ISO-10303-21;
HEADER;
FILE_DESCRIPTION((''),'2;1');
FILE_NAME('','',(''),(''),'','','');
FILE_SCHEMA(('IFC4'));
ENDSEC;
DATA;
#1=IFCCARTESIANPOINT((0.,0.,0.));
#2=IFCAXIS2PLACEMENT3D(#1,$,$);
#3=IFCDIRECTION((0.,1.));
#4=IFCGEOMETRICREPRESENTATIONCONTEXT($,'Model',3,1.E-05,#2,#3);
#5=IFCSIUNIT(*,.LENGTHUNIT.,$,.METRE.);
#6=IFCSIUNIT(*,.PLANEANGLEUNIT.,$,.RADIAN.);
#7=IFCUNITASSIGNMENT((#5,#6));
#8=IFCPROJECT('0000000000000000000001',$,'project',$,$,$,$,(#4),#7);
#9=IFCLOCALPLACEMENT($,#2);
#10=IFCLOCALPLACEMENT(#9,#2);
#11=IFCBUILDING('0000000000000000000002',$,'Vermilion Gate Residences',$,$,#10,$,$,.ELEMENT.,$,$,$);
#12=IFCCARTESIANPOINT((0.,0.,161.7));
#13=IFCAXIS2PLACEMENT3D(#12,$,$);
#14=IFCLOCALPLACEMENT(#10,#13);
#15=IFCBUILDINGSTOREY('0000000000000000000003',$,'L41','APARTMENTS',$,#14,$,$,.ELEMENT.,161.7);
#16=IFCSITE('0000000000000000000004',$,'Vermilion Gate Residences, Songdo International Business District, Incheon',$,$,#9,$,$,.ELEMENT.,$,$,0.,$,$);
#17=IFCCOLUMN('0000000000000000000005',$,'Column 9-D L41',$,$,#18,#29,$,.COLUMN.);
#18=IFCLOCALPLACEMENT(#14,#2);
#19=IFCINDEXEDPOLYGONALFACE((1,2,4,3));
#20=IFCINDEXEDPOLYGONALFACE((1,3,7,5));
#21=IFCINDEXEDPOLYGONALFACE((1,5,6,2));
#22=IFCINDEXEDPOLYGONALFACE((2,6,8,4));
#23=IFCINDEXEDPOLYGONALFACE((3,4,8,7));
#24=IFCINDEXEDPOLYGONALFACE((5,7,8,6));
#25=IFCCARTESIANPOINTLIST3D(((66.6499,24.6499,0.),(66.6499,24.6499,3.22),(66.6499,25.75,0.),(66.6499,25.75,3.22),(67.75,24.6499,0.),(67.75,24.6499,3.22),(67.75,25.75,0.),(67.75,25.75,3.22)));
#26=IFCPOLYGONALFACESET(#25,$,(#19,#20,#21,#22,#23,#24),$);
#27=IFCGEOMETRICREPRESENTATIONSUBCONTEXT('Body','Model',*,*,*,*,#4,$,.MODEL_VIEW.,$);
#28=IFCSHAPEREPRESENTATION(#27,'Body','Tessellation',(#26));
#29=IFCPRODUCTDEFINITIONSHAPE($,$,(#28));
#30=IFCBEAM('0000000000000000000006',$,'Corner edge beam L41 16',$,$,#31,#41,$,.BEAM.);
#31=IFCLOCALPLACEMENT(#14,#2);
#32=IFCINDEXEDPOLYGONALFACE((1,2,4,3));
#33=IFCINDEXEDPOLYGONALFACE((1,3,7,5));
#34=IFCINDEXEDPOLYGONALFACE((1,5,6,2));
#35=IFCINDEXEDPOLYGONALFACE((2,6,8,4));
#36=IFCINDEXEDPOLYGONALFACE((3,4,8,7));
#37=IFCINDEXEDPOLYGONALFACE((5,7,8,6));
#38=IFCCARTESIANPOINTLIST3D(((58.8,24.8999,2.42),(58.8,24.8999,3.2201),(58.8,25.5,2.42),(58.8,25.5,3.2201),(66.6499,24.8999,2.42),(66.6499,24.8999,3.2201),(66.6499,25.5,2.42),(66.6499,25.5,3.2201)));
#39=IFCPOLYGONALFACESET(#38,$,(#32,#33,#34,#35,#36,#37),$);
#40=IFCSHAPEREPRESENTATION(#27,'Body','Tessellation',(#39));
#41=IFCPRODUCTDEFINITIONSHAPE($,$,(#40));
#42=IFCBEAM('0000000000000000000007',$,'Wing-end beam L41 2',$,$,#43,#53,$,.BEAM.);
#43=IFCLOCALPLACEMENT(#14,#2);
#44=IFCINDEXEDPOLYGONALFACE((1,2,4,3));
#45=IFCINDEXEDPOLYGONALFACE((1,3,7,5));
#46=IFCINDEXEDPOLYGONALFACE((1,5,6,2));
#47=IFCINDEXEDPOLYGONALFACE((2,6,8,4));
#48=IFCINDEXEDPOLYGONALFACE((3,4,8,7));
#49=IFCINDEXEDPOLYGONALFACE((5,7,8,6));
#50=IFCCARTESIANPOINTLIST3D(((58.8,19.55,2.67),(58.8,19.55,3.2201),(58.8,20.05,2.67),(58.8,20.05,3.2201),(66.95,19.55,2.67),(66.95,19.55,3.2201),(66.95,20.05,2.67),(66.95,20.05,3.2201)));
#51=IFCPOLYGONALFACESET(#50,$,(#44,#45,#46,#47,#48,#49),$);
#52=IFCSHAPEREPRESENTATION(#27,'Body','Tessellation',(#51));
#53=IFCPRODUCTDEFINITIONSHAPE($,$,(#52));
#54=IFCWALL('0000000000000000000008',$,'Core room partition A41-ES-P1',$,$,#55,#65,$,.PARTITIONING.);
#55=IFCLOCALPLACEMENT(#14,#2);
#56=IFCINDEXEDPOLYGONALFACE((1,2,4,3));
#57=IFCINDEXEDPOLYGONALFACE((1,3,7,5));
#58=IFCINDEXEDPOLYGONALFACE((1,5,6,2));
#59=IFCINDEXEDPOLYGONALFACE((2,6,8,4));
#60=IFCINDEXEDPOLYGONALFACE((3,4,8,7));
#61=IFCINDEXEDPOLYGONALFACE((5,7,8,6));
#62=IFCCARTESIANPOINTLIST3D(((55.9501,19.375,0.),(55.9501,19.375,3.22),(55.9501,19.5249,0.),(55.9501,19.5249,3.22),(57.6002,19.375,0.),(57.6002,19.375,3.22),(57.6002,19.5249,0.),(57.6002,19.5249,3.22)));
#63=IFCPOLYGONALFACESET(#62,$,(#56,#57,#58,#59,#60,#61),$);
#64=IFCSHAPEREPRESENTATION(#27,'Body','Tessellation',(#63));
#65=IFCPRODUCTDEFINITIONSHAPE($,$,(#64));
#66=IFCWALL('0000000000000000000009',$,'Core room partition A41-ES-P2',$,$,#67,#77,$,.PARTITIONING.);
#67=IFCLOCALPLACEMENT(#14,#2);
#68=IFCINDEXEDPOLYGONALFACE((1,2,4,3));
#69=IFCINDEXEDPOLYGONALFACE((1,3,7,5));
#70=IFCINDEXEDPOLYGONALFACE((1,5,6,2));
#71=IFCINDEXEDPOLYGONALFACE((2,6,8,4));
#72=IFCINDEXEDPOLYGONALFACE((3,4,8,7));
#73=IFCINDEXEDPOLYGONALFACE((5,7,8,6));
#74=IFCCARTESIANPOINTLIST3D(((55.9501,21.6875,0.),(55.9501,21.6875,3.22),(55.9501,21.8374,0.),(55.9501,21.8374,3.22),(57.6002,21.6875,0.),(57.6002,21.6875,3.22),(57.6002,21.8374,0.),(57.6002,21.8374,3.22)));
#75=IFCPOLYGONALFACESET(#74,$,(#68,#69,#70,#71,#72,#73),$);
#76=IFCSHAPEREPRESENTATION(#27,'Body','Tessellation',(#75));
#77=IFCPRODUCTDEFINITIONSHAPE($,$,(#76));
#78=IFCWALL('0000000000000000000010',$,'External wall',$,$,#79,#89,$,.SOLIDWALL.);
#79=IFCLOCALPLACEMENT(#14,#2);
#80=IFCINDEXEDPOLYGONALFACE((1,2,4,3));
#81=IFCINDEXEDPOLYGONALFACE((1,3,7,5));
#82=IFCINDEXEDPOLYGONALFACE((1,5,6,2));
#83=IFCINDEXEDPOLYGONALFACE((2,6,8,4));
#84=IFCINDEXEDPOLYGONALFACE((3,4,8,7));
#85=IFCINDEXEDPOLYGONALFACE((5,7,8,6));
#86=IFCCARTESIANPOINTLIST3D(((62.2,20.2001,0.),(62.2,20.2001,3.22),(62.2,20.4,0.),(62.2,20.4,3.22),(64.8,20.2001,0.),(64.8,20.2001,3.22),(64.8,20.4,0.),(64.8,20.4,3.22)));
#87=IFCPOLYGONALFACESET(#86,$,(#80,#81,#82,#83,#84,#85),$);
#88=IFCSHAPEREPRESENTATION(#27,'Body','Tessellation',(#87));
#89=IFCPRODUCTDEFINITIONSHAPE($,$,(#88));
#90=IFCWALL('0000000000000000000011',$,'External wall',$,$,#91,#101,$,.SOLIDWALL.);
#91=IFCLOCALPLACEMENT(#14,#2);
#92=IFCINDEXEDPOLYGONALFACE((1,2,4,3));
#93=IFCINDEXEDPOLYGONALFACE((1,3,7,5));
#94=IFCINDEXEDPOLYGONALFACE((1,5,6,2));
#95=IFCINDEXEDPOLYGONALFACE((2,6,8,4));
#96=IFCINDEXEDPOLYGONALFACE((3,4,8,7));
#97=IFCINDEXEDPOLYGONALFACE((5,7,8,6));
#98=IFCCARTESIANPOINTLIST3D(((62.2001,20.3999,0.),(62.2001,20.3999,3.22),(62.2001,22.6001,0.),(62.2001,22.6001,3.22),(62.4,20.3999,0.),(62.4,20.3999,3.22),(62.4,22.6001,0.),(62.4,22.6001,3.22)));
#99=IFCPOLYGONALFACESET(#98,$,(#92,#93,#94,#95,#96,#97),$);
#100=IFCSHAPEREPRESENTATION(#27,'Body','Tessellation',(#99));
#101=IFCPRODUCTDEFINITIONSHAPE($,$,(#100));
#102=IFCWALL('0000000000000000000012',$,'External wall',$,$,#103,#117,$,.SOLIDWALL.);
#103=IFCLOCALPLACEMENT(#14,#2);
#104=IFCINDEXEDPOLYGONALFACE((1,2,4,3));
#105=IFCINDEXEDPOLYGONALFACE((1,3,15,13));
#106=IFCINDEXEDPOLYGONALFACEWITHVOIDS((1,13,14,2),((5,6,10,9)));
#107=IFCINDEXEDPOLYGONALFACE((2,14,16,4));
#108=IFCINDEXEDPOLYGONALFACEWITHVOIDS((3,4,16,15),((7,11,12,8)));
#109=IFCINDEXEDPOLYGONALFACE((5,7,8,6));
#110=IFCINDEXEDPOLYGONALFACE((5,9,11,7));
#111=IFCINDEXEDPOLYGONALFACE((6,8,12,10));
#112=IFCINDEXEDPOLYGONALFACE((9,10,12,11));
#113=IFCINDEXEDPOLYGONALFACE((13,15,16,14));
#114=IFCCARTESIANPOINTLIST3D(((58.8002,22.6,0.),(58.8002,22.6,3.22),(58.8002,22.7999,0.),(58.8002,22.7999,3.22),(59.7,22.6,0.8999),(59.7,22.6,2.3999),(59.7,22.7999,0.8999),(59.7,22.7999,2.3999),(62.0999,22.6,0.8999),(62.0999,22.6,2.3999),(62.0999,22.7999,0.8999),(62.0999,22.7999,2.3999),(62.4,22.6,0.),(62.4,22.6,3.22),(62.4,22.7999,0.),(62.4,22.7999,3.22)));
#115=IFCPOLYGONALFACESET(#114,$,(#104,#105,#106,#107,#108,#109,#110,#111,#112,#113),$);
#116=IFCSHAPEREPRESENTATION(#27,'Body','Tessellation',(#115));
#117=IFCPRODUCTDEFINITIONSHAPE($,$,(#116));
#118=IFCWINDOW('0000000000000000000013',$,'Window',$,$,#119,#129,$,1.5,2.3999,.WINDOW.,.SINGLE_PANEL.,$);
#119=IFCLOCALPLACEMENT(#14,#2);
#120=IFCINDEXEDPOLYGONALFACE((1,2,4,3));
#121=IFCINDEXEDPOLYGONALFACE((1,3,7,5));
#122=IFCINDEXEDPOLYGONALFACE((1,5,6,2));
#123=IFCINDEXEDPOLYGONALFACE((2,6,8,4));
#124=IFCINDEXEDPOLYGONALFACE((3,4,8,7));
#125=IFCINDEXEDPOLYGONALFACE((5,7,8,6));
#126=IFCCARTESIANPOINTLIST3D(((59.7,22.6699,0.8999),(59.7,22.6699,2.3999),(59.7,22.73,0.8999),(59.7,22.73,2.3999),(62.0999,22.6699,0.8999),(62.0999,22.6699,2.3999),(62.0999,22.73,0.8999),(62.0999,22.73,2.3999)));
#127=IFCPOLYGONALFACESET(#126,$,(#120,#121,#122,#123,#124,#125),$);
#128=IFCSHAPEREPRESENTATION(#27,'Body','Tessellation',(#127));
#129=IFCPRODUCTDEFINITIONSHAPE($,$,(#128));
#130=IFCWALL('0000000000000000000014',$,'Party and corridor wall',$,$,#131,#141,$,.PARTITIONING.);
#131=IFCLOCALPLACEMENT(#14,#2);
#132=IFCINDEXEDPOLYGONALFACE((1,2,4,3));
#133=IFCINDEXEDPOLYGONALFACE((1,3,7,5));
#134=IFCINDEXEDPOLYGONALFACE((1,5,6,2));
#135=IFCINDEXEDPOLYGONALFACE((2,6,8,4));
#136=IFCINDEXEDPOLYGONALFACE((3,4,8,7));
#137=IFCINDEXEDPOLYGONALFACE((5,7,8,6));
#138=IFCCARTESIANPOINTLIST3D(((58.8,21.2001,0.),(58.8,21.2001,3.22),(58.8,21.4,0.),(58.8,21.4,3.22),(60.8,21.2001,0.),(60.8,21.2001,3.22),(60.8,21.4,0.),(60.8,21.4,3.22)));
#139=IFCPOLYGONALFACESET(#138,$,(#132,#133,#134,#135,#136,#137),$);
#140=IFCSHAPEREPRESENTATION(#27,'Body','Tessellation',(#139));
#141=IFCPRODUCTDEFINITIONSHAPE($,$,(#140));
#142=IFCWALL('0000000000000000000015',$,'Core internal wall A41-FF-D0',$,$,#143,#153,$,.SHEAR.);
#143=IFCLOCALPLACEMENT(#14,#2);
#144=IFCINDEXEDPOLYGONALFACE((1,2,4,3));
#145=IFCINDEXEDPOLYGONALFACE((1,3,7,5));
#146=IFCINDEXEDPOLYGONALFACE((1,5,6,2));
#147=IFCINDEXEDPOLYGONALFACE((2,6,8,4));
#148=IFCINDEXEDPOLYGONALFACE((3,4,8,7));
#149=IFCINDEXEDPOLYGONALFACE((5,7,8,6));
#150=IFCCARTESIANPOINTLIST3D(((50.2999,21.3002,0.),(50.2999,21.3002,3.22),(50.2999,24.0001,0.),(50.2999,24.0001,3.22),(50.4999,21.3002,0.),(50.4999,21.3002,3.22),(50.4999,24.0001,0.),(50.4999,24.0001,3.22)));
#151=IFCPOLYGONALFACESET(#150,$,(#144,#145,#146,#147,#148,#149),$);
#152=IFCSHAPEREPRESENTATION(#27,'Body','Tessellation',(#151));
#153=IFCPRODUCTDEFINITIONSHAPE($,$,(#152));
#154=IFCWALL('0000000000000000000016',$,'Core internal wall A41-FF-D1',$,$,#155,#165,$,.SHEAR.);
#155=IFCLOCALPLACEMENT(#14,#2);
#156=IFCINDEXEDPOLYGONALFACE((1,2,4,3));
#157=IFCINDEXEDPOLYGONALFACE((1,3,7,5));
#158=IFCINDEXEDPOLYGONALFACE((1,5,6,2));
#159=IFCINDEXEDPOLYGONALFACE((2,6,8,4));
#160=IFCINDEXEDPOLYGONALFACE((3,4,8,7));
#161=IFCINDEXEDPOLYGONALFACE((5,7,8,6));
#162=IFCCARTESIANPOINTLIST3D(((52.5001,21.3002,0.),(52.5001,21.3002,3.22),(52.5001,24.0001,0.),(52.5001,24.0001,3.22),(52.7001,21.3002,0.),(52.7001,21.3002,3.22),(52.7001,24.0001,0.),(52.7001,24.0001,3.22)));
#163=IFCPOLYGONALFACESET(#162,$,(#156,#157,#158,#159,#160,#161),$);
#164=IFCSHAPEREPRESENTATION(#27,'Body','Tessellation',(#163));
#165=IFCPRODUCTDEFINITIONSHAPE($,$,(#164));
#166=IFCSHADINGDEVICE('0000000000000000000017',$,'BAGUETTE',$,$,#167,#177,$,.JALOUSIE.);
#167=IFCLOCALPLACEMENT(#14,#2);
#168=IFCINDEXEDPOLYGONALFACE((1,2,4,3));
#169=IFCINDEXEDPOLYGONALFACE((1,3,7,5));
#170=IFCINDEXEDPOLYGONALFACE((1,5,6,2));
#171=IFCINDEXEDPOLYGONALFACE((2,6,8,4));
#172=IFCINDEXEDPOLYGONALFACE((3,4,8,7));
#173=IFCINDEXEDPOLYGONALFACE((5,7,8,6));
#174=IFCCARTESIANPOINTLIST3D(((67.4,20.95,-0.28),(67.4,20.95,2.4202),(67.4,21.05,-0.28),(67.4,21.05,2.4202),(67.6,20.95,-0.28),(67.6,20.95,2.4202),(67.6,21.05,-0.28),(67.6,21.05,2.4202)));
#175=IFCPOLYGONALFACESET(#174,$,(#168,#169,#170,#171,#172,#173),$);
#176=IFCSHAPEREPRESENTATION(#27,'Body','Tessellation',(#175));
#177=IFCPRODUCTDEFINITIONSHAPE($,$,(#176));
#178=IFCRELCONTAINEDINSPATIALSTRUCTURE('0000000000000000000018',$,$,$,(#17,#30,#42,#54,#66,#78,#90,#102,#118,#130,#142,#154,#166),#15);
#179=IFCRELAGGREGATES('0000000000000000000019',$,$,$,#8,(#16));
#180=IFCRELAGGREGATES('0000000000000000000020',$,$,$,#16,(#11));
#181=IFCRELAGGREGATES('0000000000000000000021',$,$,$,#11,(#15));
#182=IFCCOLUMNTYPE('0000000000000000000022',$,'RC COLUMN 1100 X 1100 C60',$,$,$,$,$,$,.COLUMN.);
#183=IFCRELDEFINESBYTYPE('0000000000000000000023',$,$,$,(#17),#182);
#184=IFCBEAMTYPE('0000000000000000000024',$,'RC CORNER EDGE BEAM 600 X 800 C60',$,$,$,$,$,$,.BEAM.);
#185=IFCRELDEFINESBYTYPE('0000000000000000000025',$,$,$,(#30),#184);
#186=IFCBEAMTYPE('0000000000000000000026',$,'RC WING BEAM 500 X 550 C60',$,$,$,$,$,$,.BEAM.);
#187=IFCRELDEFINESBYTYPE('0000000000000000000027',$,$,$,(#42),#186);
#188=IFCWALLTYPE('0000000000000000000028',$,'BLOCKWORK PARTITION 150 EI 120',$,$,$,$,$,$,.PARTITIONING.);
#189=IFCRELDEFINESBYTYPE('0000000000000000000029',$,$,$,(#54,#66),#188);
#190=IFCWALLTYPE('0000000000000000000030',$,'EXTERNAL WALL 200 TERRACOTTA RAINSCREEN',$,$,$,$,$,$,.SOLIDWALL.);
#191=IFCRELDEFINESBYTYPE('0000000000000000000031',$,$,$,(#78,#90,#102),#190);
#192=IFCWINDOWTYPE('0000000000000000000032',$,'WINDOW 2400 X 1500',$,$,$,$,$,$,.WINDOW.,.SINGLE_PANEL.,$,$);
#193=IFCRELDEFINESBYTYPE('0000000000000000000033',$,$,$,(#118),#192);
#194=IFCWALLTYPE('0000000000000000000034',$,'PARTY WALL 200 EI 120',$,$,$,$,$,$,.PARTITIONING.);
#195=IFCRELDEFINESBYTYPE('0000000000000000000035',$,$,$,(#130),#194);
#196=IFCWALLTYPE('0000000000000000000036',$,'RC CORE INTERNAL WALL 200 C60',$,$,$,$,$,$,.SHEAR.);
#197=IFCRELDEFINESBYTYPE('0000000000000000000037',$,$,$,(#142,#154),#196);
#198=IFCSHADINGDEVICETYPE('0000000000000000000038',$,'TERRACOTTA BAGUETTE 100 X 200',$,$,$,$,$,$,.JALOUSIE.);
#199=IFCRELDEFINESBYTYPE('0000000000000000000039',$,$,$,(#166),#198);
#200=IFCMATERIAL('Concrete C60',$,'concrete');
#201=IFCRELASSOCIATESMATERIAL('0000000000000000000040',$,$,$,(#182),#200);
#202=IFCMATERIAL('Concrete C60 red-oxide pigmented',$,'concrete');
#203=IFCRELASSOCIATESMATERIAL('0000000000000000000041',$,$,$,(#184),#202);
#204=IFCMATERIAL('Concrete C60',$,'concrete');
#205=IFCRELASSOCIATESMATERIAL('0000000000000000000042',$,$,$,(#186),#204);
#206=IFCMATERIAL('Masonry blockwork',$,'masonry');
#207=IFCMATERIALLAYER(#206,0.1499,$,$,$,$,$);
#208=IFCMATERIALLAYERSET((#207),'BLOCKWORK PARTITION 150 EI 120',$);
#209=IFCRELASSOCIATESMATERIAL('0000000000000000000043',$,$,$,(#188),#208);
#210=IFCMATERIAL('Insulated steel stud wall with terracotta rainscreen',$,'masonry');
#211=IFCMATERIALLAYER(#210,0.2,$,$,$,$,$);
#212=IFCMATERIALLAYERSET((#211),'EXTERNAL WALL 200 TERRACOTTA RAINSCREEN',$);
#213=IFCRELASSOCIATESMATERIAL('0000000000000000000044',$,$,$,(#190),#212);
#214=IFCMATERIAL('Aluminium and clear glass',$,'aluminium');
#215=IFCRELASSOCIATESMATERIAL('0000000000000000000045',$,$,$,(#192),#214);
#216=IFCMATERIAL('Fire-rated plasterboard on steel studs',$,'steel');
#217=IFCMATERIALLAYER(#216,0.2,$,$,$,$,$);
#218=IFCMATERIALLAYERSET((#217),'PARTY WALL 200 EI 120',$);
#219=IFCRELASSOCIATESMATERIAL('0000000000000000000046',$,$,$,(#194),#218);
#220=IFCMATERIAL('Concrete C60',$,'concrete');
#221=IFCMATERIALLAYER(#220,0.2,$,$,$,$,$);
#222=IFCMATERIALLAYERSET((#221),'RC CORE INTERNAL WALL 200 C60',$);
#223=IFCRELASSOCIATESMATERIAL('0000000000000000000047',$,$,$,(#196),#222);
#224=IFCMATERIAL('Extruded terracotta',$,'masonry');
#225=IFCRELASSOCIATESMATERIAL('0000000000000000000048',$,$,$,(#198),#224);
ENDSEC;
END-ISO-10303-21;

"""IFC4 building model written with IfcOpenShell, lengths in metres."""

from ifc_helpers import new_model, si_unit, direction, frame, frame_2d, origin, origin_2d, place, context, subcontext, project, spatial, rectangle, extrude, material, layer, layer_set, material_profile, profile_set, type_object, element, fill, save


model = new_model("IFC4")

# Units and contexts
model_context = context("Model", 3, precision=1e-05, world=origin(), true_north=direction((0.0, 1.0)))
body_context = subcontext(model_context, "Body", "Model", "MODEL_VIEW")
ifc_project = project(units=[si_unit("LENGTHUNIT", "METRE"), si_unit("PLANEANGLEUNIT", "RADIAN")], contexts=[model_context])

# Site, building, storey
site_placement = place(None, origin())
site = spatial("IfcSite", under=ifc_project, at=site_placement, Name="Vermilion Gate Residences, Songdo International Business District, Incheon", CompositionType="ELEMENT", RefElevation=0.0)
building_placement = place(site_placement, origin())
building = spatial("IfcBuilding", under=site, at=building_placement, Name="Vermilion Gate Residences", CompositionType="ELEMENT")
storey_placement = place(building_placement, frame((0.0, 0.0, 161.7)))
storey = spatial("IfcBuildingStorey", under=building, at=storey_placement, Name="L41", Description="APARTMENTS", CompositionType="ELEMENT", Elevation=161.7)

# Column
ifc_material_1 = material(Name="Concrete C60", Category="concrete")
ifc_material_profile_1 = material_profile(ifc_material_1, rectangle(XDim=1.1001, YDim=1.1001, at=origin_2d()), Name="RC-1100x1100")
ifc_profile_set_1 = profile_set([ifc_material_profile_1], Name="Concrete C60")
column_type = type_object("IfcColumnType", Name="RC COLUMN 1100 X 1100 C60", PredefinedType="COLUMN", material=ifc_profile_set_1)
column_placement = place(storey_placement, frame((67.2, 25.2, 0.0), z_axis=(0.0, 0.0, 1.0), x_axis=(1.0, 0.0, 0.0)))
element("IfcColumn", 1, at=column_placement, inside=storey, type_object=column_type, Name="Column 9-D L41", PredefinedType="COLUMN", context=body_context, shape_type="SweptSolid", body=[
    extrude(rectangle(XDim=1.1001, YDim=1.1001, at=origin_2d()), origin(), (0.0, 0.0, 1.0), 3.22),
])

# Beams
ifc_material_2 = material(Name="Concrete C60 red-oxide pigmented", Category="concrete")
ifc_material_profile_2 = material_profile(ifc_material_2, rectangle(XDim=0.6001, YDim=0.8, at=origin_2d()), Name="RC-600x800")
ifc_profile_set_2 = profile_set([ifc_material_profile_2], Name="Concrete C60 red-oxide pigmented")
beam_type_1 = type_object("IfcBeamType", Name="RC CORNER EDGE BEAM 600 X 800 C60", PredefinedType="BEAM", material=ifc_profile_set_2)
beam_1_placement = place(storey_placement, frame((58.8, 25.2, 2.8201), z_axis=(1.0, 0.0, 0.0), x_axis=(0.0, 1.0, 0.0)))
element("IfcBeam", 2, at=beam_1_placement, inside=storey, type_object=beam_type_1, Name="Corner edge beam L41 16", PredefinedType="BEAM", context=body_context, shape_type="SweptSolid", body=[
    extrude(rectangle(XDim=0.6001, YDim=0.8, at=origin_2d()), origin(), (0.0, 0.0, 1.0), 7.8499),
])
ifc_material_3 = material(Name="Concrete C60", Category="concrete")
ifc_material_profile_3 = material_profile(ifc_material_3, rectangle(XDim=0.5, YDim=0.55, at=origin_2d()), Name="RC-500x550")
ifc_profile_set_3 = profile_set([ifc_material_profile_3], Name="Concrete C60")
beam_type_2 = type_object("IfcBeamType", Name="RC WING BEAM 500 X 550 C60", PredefinedType="BEAM", material=ifc_profile_set_3)
beam_2_placement = place(storey_placement, frame((58.8, 19.8, 2.9451), z_axis=(1.0, 0.0, 0.0), x_axis=(0.0, 1.0, 0.0)))
element("IfcBeam", 3, at=beam_2_placement, inside=storey, type_object=beam_type_2, Name="Wing-end beam L41 2", PredefinedType="BEAM", context=body_context, shape_type="SweptSolid", body=[
    extrude(rectangle(XDim=0.5, YDim=0.55, at=origin_2d()), origin(), (0.0, 0.0, 1.0), 8.1499),
])

# Walls
ifc_material_4 = material(Name="Masonry blockwork", Category="masonry")
ifc_layer_1 = layer(ifc_material_4, 0.1499)
ifc_layer_set_1 = layer_set([ifc_layer_1], Name="BLOCKWORK PARTITION 150 EI 120")
wall_type_1 = type_object("IfcWallType", Name="BLOCKWORK PARTITION 150 EI 120", PredefinedType="PARTITIONING", material=ifc_layer_set_1)
for number, where, z_axis, x_axis, name in (
    (4, (55.95, 19.45, 0.0), (0.0, 0.0, 1.0), (1.0, 0.0, 0.0), "Core room partition A41-ES-P1"),
    (5, (55.95, 21.7625, 0.0), (0.0, 0.0, 1.0), (1.0, 0.0, 0.0), "Core room partition A41-ES-P2"),
):
    element("IfcWall", number, at=place(storey_placement, frame(where, z_axis=z_axis, x_axis=x_axis)), inside=storey, type_object=wall_type_1, Name=name, PredefinedType="PARTITIONING", context=body_context, shape_type="SweptSolid", body=[
        extrude(rectangle(XDim=1.6501, YDim=0.1499, at=frame_2d((0.8252, 0.0))), origin(), (0.0, 0.0, 1.0), 3.22),
    ])
ifc_material_5 = material(Name="Insulated steel stud wall with terracotta rainscreen", Category="masonry")
ifc_layer_2 = layer(ifc_material_5, 0.2)
ifc_layer_set_2 = layer_set([ifc_layer_2], Name="EXTERNAL WALL 200 TERRACOTTA RAINSCREEN")
wall_type_2 = type_object("IfcWallType", Name="EXTERNAL WALL 200 TERRACOTTA RAINSCREEN", PredefinedType="SOLIDWALL", material=ifc_layer_set_2)
wall_1_placement = place(storey_placement, frame((64.8, 20.3, 0.0), z_axis=(0.0, 0.0, 1.0), x_axis=(-1.0, 0.0, 0.0)))
element("IfcWall", 6, at=wall_1_placement, inside=storey, type_object=wall_type_2, Name="External wall", PredefinedType="SOLIDWALL", context=body_context, shape_type="SweptSolid", body=[
    extrude(rectangle(XDim=2.6001, YDim=0.2, at=frame_2d((1.3, 0.0))), origin(), (0.0, 0.0, 1.0), 3.22),
])
wall_2_placement = place(storey_placement, frame((62.3, 20.3999, 0.0), z_axis=(0.0, 0.0, 1.0), x_axis=(0.0, 1.0, 0.0)))
element("IfcWall", 7, at=wall_2_placement, inside=storey, type_object=wall_type_2, Name="External wall", PredefinedType="SOLIDWALL", context=body_context, shape_type="SweptSolid", body=[
    extrude(rectangle(XDim=2.2002, YDim=0.2, at=frame_2d((1.1001, 0.0))), origin(), (0.0, 0.0, 1.0), 3.22),
])

# Wall, opening, window
wall_3_placement = place(storey_placement, frame((62.3999, 22.7, 0.0), z_axis=(0.0, 0.0, 1.0), x_axis=(-1.0, 0.0, 0.0)))
wall_3 = element("IfcWall", 8, at=wall_3_placement, inside=storey, type_object=wall_type_2, Name="External wall", PredefinedType="SOLIDWALL", context=body_context, shape_type="SweptSolid", body=[
    extrude(rectangle(XDim=3.5999, YDim=0.2, at=frame_2d((1.7998, 0.0))), origin(), (0.0, 0.0, 1.0), 3.22),
])
opening_placement = place(wall_3_placement, frame((0.3, 0.0, 0.8999)))
opening = element("IfcOpeningElement", 9, at=opening_placement, cuts=wall_3, PredefinedType="OPENING", context=body_context, shape_type="SweptSolid", body=[
    extrude(rectangle(XDim=2.3999, YDim=1.5, at=frame_2d((1.2, 0.75))), frame((0.0, 0.1099, 0.0), z_axis=(0.0, -1.0, 0.0), x_axis=(1.0, 0.0, 0.0)), (0.0, 0.0, 1.0), 0.22),
])
ifc_material_6 = material(Name="Aluminium and clear glass", Category="aluminium")
window_type = type_object("IfcWindowType", Name="WINDOW 2400 X 1500", PartitioningType="SINGLE_PANEL", PredefinedType="WINDOW", material=ifc_material_6)
window_placement = place(opening_placement, origin())
window = element("IfcWindow", 10, at=window_placement, inside=storey, type_object=window_type, Name="Window", OverallHeight=1.5, OverallWidth=2.3999, PartitioningType="SINGLE_PANEL", PredefinedType="WINDOW", context=body_context, shape_type="SweptSolid", body=[
    extrude(rectangle(XDim=2.3999, YDim=1.5, at=frame_2d((1.2, 0.75))), frame((0.0, 0.03, 0.0), z_axis=(0.0, -1.0, 0.0), x_axis=(1.0, 0.0, 0.0)), (0.0, 0.0, 1.0), 0.0601),
])
fill(opening, window)

# Walls
ifc_material_7 = material(Name="Fire-rated plasterboard on steel studs", Category="steel")
ifc_layer_3 = layer(ifc_material_7, 0.2)
ifc_layer_set_3 = layer_set([ifc_layer_3], Name="PARTY WALL 200 EI 120")
wall_type_3 = type_object("IfcWallType", Name="PARTY WALL 200 EI 120", PredefinedType="PARTITIONING", material=ifc_layer_set_3)
wall_4_placement = place(storey_placement, frame((58.8, 21.3, 0.0), z_axis=(0.0, 0.0, 1.0), x_axis=(1.0, 0.0, 0.0)))
element("IfcWall", 11, at=wall_4_placement, inside=storey, type_object=wall_type_3, Name="Party and corridor wall", PredefinedType="PARTITIONING", context=body_context, shape_type="SweptSolid", body=[
    extrude(rectangle(XDim=2.0, YDim=0.2, at=frame_2d((1.0, 0.0))), origin(), (0.0, 0.0, 1.0), 3.22),
])
ifc_material_8 = material(Name="Concrete C60", Category="concrete")
ifc_layer_4 = layer(ifc_material_8, 0.2)
ifc_layer_set_4 = layer_set([ifc_layer_4], Name="RC CORE INTERNAL WALL 200 C60")
wall_type_4 = type_object("IfcWallType", Name="RC CORE INTERNAL WALL 200 C60", PredefinedType="SHEAR", material=ifc_layer_set_4)
for number, where, z_axis, x_axis, name in (
    (12, (50.3999, 21.3, 0.0), (0.0, 0.0, 1.0), (0.0, 1.0, 0.0), "Core internal wall A41-FF-D0"),
    (13, (52.6001, 21.3, 0.0), (0.0, 0.0, 1.0), (0.0, 1.0, 0.0), "Core internal wall A41-FF-D1"),
):
    element("IfcWall", number, at=place(storey_placement, frame(where, z_axis=z_axis, x_axis=x_axis)), inside=storey, type_object=wall_type_4, Name=name, PredefinedType="SHEAR", context=body_context, shape_type="SweptSolid", body=[
        extrude(rectangle(XDim=2.7, YDim=0.2, at=frame_2d((1.3501, 0.0))), origin(), (0.0, 0.0, 1.0), 3.22),
    ])

# Shading device
ifc_material_9 = material(Name="Extruded terracotta", Category="masonry")
ifc_material_profile_4 = material_profile(ifc_material_9, rectangle(XDim=0.2, YDim=0.1001, at=origin_2d()), Name="BAGUETTE 100 X 200")
ifc_profile_set_4 = profile_set([ifc_material_profile_4], Name="Extruded terracotta")
shading_device_type_1 = type_object("IfcShadingDeviceType", Name="TERRACOTTA BAGUETTE 100 X 200", PredefinedType="JALOUSIE", material=ifc_profile_set_4)
for number, where, z_axis, x_axis, name in (
    (14, (67.5, 21.0, -0.28), (0.0, 0.0, 1.0), (-1.0, 0.0, 0.0), "BAGUETTE"),
):
    element("IfcShadingDevice", number, at=place(storey_placement, frame(where, z_axis=z_axis, x_axis=x_axis)), inside=storey, type_object=shading_device_type_1, Name=name, PredefinedType="JALOUSIE", context=body_context, shape_type="SweptSolid", body=[
        extrude(rectangle(XDim=0.2, YDim=0.1001, at=origin_2d()), origin(), (0.0, 0.0, 1.0), 2.7002),
    ])

save(model, "model.ifc")
